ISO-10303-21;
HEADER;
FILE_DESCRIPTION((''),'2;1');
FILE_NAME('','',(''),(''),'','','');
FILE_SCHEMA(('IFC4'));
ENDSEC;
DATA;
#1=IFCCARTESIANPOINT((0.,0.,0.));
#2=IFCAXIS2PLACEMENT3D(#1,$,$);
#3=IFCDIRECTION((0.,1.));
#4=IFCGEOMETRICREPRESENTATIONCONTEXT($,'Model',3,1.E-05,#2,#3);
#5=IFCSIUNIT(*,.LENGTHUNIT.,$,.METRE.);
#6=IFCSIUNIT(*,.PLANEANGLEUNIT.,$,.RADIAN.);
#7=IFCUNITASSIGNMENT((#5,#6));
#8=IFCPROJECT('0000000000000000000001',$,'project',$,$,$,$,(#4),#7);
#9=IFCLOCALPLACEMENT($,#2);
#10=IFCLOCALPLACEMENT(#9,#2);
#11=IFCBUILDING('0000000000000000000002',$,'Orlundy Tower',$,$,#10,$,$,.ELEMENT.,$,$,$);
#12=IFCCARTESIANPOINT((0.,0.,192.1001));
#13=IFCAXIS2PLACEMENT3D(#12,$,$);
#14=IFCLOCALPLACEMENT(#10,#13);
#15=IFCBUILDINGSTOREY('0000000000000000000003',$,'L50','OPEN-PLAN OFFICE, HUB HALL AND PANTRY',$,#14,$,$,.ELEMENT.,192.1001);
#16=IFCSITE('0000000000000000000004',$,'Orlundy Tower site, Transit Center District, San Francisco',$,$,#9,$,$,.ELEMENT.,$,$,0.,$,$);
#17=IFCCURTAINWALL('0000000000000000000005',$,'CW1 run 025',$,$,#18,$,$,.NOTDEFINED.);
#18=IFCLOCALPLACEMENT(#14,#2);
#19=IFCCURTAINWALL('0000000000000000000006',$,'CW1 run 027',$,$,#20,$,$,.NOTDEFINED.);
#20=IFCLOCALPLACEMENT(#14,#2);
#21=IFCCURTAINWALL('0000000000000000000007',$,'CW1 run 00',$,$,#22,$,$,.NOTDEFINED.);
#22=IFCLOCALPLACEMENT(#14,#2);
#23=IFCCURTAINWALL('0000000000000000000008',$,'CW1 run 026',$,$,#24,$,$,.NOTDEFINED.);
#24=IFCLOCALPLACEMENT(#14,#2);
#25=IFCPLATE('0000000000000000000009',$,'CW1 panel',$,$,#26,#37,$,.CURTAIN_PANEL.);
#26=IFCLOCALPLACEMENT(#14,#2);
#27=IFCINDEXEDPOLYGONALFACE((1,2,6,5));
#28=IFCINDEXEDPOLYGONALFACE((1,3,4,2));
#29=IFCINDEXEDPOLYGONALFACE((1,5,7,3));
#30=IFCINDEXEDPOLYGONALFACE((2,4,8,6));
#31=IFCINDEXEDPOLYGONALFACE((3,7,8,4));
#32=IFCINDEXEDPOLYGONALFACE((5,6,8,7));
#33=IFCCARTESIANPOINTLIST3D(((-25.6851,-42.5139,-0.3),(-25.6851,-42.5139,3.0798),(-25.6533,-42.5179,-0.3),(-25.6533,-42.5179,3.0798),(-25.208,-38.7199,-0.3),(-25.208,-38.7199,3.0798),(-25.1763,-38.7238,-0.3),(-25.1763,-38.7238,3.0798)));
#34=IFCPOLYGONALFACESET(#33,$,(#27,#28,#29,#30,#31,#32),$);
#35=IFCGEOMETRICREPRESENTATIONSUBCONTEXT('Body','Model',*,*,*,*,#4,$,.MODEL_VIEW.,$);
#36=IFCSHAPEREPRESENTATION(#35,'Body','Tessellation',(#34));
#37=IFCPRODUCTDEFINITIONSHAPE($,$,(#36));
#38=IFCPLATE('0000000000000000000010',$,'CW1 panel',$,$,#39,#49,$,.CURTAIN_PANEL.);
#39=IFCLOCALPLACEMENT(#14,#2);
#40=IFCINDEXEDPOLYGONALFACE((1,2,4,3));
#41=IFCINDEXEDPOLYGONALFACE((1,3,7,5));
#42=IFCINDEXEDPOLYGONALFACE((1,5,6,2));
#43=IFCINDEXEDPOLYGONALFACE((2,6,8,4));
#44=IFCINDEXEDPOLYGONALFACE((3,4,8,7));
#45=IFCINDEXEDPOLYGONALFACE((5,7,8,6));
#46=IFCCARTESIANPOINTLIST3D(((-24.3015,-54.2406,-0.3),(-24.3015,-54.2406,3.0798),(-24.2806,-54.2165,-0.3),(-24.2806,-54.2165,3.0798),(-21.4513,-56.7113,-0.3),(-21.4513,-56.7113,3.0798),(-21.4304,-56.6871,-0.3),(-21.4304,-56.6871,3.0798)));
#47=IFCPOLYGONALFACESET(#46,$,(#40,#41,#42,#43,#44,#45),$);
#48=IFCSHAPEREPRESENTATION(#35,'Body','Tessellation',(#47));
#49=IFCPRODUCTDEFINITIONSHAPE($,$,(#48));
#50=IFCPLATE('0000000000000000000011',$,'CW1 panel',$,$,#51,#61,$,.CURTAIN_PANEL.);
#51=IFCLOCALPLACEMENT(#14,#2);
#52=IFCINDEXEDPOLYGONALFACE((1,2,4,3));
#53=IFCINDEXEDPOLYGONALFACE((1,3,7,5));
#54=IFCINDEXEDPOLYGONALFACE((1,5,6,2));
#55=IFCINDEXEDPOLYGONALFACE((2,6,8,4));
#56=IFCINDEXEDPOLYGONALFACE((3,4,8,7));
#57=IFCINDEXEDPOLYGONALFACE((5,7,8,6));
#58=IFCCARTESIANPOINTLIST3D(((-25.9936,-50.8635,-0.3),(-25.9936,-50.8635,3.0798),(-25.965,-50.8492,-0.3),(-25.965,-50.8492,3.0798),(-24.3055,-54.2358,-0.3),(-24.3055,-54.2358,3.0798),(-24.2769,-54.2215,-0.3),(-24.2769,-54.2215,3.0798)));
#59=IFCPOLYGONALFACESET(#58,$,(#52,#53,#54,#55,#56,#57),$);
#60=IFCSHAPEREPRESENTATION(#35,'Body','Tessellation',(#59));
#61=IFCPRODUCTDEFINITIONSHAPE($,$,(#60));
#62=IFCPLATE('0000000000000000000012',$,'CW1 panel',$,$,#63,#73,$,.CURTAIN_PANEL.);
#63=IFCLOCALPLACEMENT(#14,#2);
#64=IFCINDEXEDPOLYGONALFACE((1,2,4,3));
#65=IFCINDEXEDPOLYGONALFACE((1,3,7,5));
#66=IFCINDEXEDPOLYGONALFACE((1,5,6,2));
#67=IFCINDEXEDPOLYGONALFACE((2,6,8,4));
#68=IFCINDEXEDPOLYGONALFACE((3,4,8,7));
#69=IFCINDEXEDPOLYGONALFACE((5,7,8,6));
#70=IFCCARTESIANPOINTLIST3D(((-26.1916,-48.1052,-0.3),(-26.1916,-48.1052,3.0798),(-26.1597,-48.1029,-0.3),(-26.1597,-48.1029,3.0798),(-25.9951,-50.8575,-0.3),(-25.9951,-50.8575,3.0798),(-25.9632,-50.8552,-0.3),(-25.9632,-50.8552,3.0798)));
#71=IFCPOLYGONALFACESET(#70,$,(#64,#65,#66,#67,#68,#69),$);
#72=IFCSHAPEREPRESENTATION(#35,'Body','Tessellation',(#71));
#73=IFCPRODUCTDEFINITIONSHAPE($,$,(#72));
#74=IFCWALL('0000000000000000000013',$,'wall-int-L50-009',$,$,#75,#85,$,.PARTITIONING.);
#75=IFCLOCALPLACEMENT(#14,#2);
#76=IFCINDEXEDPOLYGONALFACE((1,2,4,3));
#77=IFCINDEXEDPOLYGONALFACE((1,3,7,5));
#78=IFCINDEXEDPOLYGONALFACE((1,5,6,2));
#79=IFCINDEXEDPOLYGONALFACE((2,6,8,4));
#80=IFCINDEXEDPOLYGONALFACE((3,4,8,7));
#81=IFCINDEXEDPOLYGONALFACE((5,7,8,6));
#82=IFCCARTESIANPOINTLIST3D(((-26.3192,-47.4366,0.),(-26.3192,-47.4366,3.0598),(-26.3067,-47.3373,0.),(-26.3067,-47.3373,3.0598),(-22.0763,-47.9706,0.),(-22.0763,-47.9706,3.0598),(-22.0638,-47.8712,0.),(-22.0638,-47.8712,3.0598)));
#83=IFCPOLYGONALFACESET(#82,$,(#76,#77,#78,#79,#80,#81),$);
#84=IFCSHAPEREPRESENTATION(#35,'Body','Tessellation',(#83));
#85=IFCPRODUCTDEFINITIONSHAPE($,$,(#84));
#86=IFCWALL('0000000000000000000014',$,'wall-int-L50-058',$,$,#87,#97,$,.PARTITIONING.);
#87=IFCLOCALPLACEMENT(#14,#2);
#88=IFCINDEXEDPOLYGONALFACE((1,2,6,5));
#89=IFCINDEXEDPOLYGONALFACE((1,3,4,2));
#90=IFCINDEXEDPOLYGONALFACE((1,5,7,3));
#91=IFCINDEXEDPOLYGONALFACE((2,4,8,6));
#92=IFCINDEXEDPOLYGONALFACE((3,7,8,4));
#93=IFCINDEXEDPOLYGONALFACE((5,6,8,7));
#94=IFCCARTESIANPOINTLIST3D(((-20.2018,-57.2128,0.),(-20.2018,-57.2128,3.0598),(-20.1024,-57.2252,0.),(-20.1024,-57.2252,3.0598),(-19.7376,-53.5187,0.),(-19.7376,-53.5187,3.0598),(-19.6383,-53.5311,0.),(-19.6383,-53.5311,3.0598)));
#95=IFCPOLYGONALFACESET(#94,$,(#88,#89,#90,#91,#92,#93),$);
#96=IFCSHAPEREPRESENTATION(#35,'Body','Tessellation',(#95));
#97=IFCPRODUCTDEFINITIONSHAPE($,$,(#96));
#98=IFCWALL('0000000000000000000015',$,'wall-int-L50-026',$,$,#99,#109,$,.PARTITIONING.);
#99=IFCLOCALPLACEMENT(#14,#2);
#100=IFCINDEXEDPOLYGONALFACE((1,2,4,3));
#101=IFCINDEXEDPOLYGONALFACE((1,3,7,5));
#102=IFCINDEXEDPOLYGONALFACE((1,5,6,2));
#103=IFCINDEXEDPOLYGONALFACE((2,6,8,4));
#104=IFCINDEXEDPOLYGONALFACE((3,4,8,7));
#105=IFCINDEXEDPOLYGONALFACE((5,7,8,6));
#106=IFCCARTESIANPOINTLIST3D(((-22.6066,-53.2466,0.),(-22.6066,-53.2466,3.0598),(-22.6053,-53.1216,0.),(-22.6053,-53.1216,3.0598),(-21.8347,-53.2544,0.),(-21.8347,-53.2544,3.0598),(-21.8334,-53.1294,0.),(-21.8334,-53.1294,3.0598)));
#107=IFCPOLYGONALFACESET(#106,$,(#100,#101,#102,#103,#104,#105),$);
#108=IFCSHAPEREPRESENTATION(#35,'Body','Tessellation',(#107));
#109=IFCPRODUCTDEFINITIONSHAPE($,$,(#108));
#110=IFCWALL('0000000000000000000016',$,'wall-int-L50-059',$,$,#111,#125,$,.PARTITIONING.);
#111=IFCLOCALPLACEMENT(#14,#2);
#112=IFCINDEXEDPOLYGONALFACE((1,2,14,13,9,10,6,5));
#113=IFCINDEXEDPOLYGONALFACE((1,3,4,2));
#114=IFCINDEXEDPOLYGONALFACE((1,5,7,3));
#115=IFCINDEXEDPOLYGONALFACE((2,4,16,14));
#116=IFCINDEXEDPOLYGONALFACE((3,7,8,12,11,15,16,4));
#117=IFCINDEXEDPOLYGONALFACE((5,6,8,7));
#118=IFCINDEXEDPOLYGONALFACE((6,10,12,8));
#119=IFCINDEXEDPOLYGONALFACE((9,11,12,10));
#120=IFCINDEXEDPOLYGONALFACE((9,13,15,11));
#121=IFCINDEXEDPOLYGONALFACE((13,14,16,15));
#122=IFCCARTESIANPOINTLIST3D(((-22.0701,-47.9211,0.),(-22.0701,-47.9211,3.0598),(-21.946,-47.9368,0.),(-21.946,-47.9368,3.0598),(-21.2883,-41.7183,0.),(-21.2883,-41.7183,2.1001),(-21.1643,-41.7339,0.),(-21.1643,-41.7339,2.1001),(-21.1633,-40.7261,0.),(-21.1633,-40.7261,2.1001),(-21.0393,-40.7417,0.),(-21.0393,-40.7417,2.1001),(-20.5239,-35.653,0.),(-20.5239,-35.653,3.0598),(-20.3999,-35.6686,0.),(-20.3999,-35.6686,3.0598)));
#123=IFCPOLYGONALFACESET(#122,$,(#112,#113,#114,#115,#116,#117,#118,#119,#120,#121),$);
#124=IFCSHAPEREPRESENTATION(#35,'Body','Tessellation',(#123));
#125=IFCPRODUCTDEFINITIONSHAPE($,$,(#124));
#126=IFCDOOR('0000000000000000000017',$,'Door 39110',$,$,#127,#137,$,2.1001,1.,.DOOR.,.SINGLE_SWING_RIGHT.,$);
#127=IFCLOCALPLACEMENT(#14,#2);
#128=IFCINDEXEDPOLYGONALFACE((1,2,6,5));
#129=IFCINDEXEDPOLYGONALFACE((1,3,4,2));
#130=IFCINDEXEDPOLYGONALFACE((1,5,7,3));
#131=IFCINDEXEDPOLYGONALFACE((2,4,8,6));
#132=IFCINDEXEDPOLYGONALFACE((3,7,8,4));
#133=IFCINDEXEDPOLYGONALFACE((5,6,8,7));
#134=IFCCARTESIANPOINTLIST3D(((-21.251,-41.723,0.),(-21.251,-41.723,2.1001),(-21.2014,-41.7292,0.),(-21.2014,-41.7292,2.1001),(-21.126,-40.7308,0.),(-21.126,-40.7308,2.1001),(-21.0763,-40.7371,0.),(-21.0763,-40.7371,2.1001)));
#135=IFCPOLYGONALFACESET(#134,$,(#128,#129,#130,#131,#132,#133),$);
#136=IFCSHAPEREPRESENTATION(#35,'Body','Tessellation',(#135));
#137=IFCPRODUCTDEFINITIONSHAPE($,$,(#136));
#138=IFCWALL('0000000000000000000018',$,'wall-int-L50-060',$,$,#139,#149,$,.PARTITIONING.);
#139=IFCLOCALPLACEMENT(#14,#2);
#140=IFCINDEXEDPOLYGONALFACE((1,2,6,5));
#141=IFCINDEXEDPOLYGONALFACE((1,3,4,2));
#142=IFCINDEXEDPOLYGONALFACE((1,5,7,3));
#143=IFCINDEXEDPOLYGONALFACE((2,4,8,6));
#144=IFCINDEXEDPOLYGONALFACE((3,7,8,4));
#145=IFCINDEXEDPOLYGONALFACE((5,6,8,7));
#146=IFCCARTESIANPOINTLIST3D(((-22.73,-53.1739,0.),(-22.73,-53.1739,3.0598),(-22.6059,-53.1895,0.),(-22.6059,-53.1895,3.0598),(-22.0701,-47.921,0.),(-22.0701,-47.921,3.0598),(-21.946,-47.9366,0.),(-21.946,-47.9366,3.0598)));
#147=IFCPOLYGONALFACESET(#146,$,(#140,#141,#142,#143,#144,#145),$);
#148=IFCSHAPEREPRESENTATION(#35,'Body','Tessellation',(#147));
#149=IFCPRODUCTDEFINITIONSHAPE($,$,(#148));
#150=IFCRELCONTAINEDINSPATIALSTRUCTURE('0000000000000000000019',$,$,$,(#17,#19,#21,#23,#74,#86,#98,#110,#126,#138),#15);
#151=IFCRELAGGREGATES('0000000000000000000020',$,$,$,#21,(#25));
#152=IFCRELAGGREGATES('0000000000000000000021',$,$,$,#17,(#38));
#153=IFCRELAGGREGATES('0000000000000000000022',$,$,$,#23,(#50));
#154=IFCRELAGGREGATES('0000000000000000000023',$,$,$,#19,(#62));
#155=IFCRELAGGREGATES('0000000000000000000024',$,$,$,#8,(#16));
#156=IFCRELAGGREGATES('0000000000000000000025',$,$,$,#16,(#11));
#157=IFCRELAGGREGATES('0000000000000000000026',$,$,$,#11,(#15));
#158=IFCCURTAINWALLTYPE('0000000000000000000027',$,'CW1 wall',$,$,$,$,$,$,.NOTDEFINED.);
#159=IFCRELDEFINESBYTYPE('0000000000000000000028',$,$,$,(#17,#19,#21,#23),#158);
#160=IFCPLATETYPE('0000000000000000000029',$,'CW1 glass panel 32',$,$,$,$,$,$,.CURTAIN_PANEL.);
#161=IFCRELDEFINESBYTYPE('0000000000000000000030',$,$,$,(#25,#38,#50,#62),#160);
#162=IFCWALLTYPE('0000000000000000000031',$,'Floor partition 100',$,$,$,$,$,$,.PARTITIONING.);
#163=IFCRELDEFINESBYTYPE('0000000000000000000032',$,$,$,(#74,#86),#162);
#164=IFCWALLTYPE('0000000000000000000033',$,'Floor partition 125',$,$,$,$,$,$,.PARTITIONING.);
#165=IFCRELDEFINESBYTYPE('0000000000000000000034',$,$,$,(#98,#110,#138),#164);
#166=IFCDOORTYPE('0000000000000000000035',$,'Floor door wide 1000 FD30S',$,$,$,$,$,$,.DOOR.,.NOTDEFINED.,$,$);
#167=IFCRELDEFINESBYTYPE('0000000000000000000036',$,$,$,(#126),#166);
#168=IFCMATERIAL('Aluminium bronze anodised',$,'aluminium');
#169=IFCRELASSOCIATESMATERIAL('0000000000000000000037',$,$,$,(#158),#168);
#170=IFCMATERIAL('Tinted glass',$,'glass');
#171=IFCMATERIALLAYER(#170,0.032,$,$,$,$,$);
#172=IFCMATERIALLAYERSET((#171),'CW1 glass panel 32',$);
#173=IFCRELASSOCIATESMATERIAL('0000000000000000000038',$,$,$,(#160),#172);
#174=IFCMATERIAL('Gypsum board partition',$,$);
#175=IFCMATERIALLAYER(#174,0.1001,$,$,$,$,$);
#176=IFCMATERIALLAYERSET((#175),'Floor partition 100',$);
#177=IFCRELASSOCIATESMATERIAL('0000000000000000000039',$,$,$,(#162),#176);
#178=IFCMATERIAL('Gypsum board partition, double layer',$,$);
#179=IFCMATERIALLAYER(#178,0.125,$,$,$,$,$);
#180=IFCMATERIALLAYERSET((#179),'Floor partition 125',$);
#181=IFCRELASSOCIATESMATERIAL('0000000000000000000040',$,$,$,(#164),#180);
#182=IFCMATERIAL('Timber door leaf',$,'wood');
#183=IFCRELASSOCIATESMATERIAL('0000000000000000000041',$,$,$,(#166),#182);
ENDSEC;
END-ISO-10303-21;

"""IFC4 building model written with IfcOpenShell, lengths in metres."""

from ifc_helpers import new_model, si_unit, direction, frame, frame_2d, origin, origin_2d, place, context, subcontext, project, spatial, rectangle, extrude, material, layer, layer_set, type_object, element, fill, aggregate, save


model = new_model("IFC4")

# Units and contexts
model_context = context("Model", 3, precision=1e-05, world=origin(), true_north=direction((0.0, 1.0)))
body_context = subcontext(model_context, "Body", "Model", "MODEL_VIEW")
ifc_project = project(units=[si_unit("LENGTHUNIT", "METRE"), si_unit("PLANEANGLEUNIT", "RADIAN")], contexts=[model_context])

# Site, building, storey
site_placement = place(None, origin())
site = spatial("IfcSite", under=ifc_project, at=site_placement, Name="Orlundy Tower site, Transit Center District, San Francisco", CompositionType="ELEMENT", RefElevation=0.0)
building_placement = place(site_placement, origin())
building = spatial("IfcBuilding", under=site, at=building_placement, Name="Orlundy Tower", CompositionType="ELEMENT")
storey_placement = place(building_placement, frame((0.0, 0.0, 192.1001)))
storey = spatial("IfcBuildingStorey", under=building, at=storey_placement, Name="L50", Description="OPEN-PLAN OFFICE, HUB HALL AND PANTRY", CompositionType="ELEMENT", Elevation=192.1001)

# Curtain walls
ifc_material_1 = material(Name="Aluminium bronze anodised", Category="aluminium")
curtain_wall_type = type_object("IfcCurtainWallType", Name="CW1 wall", PredefinedType="NOTDEFINED", material=ifc_material_1)
curtain_wall_1_placement = place(storey_placement, origin())
curtain_wall_1 = element("IfcCurtainWall", 1, at=curtain_wall_1_placement, inside=storey, type_object=curtain_wall_type, Name="CW1 run 025", PredefinedType="NOTDEFINED")
curtain_wall_2_placement = place(storey_placement, origin())
curtain_wall_2 = element("IfcCurtainWall", 2, at=curtain_wall_2_placement, inside=storey, type_object=curtain_wall_type, Name="CW1 run 027", PredefinedType="NOTDEFINED")

# Curtain wall
curtain_wall_3_placement = place(storey_placement, origin())
curtain_wall_3 = element("IfcCurtainWall", 3, at=curtain_wall_3_placement, inside=storey, type_object=curtain_wall_type, Name="CW1 run 00", PredefinedType="NOTDEFINED")

# Curtain wall
curtain_wall_4_placement = place(storey_placement, origin())
curtain_wall_4 = element("IfcCurtainWall", 4, at=curtain_wall_4_placement, inside=storey, type_object=curtain_wall_type, Name="CW1 run 026", PredefinedType="NOTDEFINED")

# Plates
ifc_material_2 = material(Name="Tinted glass", Category="glass")
ifc_layer_1 = layer(ifc_material_2, 0.032)
ifc_layer_set_1 = layer_set([ifc_layer_1], Name="CW1 glass panel 32")
plate_type = type_object("IfcPlateType", Name="CW1 glass panel 32", PredefinedType="CURTAIN_PANEL", material=ifc_layer_set_1)
plate_1_placement = place(storey_placement, frame((-25.4307, -40.6189, -0.3), z_axis=(0.0, 0.0, 1.0), x_axis=(0.124763, 0.992187, 0.0)))
plate_1 = element("IfcPlate", 5, at=plate_1_placement, type_object=plate_type, Name="CW1 panel", PredefinedType="CURTAIN_PANEL", context=body_context, shape_type="SweptSolid", body=[
    extrude(rectangle(XDim=3.824, YDim=0.032, at=origin_2d()), origin(), (0.0, 0.0, 1.0), 3.3799),
])
aggregate(curtain_wall_3, [plate_1])
plate_2_placement = place(storey_placement, frame((-22.866, -55.4639, -0.3), z_axis=(0.0, 0.0, 1.0), x_axis=(-0.755627, 0.655002, 0.0)))
plate_2 = element("IfcPlate", 6, at=plate_2_placement, type_object=plate_type, Name="CW1 panel", PredefinedType="CURTAIN_PANEL", context=body_context, shape_type="SweptSolid", body=[
    extrude(rectangle(XDim=3.772, YDim=0.032, at=origin_2d()), origin(), (0.0, 0.0, 1.0), 3.3799),
])
aggregate(curtain_wall_1, [plate_2])
plate_3_placement = place(storey_placement, frame((-25.1353, -52.5425, -0.3), z_axis=(0.0, 0.0, 1.0), x_axis=(-0.447645, 0.894211, 0.0)))
plate_3 = element("IfcPlate", 7, at=plate_3_placement, type_object=plate_type, Name="CW1 panel", PredefinedType="CURTAIN_PANEL", context=body_context, shape_type="SweptSolid", body=[
    extrude(rectangle(XDim=3.7712, YDim=0.032, at=origin_2d()), origin(), (0.0, 0.0, 1.0), 3.3799),
])
aggregate(curtain_wall_4, [plate_3])
plate_4_placement = place(storey_placement, frame((-26.0774, -49.4802, -0.3), z_axis=(0.0, 0.0, 1.0), x_axis=(-0.071209, 0.997461, 0.0)))
plate_4 = element("IfcPlate", 8, at=plate_4_placement, type_object=plate_type, Name="CW1 panel", PredefinedType="CURTAIN_PANEL", context=body_context, shape_type="SweptSolid", body=[
    extrude(rectangle(XDim=2.7593, YDim=0.032, at=origin_2d()), origin(), (0.0, 0.0, 1.0), 3.3799),
])
aggregate(curtain_wall_2, [plate_4])

# Walls
ifc_material_3 = material(Name="Gypsum board partition")
ifc_layer_2 = layer(ifc_material_3, 0.1001)
ifc_layer_set_2 = layer_set([ifc_layer_2], Name="Floor partition 100")
wall_type_1 = type_object("IfcWallType", Name="Floor partition 100", PredefinedType="PARTITIONING", material=ifc_layer_set_2)
wall_1_placement = place(storey_placement, frame((-26.313, -47.387, 0.0), z_axis=(0.0, 0.0, 1.0), x_axis=(0.992175, -0.124857, 0.0)))
element("IfcWall", 9, at=wall_1_placement, inside=storey, type_object=wall_type_1, Name="wall-int-L50-009", PredefinedType="PARTITIONING", context=body_context, shape_type="SweptSolid", body=[
    extrude(rectangle(XDim=4.2764, YDim=0.1001, at=frame_2d((2.1382, 0.0))), origin(), (0.0, 0.0, 1.0), 3.0598),
])
wall_2_placement = place(storey_placement, frame((-20.1521, -57.219, 0.0), z_axis=(0.0, 0.0, 1.0), x_axis=(0.124656, 0.9922, 0.0)))
element("IfcWall", 10, at=wall_2_placement, inside=storey, type_object=wall_type_1, Name="wall-int-L50-058", PredefinedType="PARTITIONING", context=body_context, shape_type="SweptSolid", body=[
    extrude(rectangle(XDim=3.7231, YDim=0.1001, at=frame_2d((1.8616, 0.0))), origin(), (0.0, 0.0, 1.0), 3.0598),
])
ifc_material_4 = material(Name="Gypsum board partition, double layer")
ifc_layer_3 = layer(ifc_material_4, 0.125)
ifc_layer_set_3 = layer_set([ifc_layer_3], Name="Floor partition 125")
wall_type_2 = type_object("IfcWallType", Name="Floor partition 125", PredefinedType="PARTITIONING", material=ifc_layer_set_3)
wall_3_placement = place(storey_placement, frame((-22.606, -53.1841, 0.0), z_axis=(0.0, 0.0, 1.0), x_axis=(0.999949, -0.01012, 0.0)))
element("IfcWall", 11, at=wall_3_placement, inside=storey, type_object=wall_type_2, Name="wall-int-L50-026", PredefinedType="PARTITIONING", context=body_context, shape_type="SweptSolid", body=[
    extrude(rectangle(XDim=0.772, YDim=0.125, at=frame_2d((0.386, 0.0))), origin(), (0.0, 0.0, 1.0), 3.0598),
])

# Wall, opening, door
wall_4_placement = place(storey_placement, frame((-22.0081, -47.929, 0.0), z_axis=(0.0, 0.0, 1.0), x_axis=(0.125041, 0.992152, 0.0)))
wall_4 = element("IfcWall", 12, at=wall_4_placement, inside=storey, type_object=wall_type_2, Name="wall-int-L50-059", PredefinedType="PARTITIONING", context=body_context, shape_type="SweptSolid", body=[
    extrude(rectangle(XDim=12.3652, YDim=0.125, at=frame_2d((6.1826, 0.0))), origin(), (0.0, 0.0, 1.0), 3.0598),
])
opening_placement = place(wall_4_placement, frame((6.252, 0.0, 0.0)))
opening = element("IfcOpeningElement", 13, at=opening_placement, cuts=wall_4, PredefinedType="OPENING", context=body_context, shape_type="SweptSolid", body=[
    extrude(rectangle(XDim=1.0, YDim=2.1001, at=frame_2d((0.5, 1.05))), frame((0.0, 0.0725, 0.0), z_axis=(0.0, -1.0, 0.0), x_axis=(1.0, 0.0, 0.0)), (0.0, 0.0, 1.0), 0.145),
])
ifc_material_5 = material(Name="Timber door leaf", Category="wood")
door_type = type_object("IfcDoorType", Name="Floor door wide 1000 FD30S", OperationType="NOTDEFINED", PredefinedType="DOOR", material=ifc_material_5)
door_placement = place(opening_placement, origin())
door = element("IfcDoor", 14, at=door_placement, inside=storey, type_object=door_type, Name="Door 39110", OperationType="SINGLE_SWING_RIGHT", OverallHeight=2.1001, OverallWidth=1.0, PredefinedType="DOOR", context=body_context, shape_type="SweptSolid", body=[
    extrude(rectangle(XDim=1.0, YDim=2.1001, at=frame_2d((0.5, 1.05))), frame((0.0, 0.0249, 0.0), z_axis=(0.0, -1.0, 0.0), x_axis=(1.0, 0.0, 0.0)), (0.0, 0.0, 1.0), 0.05),
])
fill(opening, door)

# Wall
wall_5_placement = place(storey_placement, frame((-22.0081, -47.929, 0.0), z_axis=(0.0, 0.0, 1.0), x_axis=(-0.124648, -0.992201, 0.0)))
element("IfcWall", 15, at=wall_5_placement, inside=storey, type_object=wall_type_2, Name="wall-int-L50-060", PredefinedType="PARTITIONING", context=body_context, shape_type="SweptSolid", body=[
    extrude(rectangle(XDim=5.2942, YDim=0.125, at=frame_2d((2.647, 0.0))), origin(), (0.0, 0.0, 1.0), 3.0598),
])

save(model, "model.ifc")
